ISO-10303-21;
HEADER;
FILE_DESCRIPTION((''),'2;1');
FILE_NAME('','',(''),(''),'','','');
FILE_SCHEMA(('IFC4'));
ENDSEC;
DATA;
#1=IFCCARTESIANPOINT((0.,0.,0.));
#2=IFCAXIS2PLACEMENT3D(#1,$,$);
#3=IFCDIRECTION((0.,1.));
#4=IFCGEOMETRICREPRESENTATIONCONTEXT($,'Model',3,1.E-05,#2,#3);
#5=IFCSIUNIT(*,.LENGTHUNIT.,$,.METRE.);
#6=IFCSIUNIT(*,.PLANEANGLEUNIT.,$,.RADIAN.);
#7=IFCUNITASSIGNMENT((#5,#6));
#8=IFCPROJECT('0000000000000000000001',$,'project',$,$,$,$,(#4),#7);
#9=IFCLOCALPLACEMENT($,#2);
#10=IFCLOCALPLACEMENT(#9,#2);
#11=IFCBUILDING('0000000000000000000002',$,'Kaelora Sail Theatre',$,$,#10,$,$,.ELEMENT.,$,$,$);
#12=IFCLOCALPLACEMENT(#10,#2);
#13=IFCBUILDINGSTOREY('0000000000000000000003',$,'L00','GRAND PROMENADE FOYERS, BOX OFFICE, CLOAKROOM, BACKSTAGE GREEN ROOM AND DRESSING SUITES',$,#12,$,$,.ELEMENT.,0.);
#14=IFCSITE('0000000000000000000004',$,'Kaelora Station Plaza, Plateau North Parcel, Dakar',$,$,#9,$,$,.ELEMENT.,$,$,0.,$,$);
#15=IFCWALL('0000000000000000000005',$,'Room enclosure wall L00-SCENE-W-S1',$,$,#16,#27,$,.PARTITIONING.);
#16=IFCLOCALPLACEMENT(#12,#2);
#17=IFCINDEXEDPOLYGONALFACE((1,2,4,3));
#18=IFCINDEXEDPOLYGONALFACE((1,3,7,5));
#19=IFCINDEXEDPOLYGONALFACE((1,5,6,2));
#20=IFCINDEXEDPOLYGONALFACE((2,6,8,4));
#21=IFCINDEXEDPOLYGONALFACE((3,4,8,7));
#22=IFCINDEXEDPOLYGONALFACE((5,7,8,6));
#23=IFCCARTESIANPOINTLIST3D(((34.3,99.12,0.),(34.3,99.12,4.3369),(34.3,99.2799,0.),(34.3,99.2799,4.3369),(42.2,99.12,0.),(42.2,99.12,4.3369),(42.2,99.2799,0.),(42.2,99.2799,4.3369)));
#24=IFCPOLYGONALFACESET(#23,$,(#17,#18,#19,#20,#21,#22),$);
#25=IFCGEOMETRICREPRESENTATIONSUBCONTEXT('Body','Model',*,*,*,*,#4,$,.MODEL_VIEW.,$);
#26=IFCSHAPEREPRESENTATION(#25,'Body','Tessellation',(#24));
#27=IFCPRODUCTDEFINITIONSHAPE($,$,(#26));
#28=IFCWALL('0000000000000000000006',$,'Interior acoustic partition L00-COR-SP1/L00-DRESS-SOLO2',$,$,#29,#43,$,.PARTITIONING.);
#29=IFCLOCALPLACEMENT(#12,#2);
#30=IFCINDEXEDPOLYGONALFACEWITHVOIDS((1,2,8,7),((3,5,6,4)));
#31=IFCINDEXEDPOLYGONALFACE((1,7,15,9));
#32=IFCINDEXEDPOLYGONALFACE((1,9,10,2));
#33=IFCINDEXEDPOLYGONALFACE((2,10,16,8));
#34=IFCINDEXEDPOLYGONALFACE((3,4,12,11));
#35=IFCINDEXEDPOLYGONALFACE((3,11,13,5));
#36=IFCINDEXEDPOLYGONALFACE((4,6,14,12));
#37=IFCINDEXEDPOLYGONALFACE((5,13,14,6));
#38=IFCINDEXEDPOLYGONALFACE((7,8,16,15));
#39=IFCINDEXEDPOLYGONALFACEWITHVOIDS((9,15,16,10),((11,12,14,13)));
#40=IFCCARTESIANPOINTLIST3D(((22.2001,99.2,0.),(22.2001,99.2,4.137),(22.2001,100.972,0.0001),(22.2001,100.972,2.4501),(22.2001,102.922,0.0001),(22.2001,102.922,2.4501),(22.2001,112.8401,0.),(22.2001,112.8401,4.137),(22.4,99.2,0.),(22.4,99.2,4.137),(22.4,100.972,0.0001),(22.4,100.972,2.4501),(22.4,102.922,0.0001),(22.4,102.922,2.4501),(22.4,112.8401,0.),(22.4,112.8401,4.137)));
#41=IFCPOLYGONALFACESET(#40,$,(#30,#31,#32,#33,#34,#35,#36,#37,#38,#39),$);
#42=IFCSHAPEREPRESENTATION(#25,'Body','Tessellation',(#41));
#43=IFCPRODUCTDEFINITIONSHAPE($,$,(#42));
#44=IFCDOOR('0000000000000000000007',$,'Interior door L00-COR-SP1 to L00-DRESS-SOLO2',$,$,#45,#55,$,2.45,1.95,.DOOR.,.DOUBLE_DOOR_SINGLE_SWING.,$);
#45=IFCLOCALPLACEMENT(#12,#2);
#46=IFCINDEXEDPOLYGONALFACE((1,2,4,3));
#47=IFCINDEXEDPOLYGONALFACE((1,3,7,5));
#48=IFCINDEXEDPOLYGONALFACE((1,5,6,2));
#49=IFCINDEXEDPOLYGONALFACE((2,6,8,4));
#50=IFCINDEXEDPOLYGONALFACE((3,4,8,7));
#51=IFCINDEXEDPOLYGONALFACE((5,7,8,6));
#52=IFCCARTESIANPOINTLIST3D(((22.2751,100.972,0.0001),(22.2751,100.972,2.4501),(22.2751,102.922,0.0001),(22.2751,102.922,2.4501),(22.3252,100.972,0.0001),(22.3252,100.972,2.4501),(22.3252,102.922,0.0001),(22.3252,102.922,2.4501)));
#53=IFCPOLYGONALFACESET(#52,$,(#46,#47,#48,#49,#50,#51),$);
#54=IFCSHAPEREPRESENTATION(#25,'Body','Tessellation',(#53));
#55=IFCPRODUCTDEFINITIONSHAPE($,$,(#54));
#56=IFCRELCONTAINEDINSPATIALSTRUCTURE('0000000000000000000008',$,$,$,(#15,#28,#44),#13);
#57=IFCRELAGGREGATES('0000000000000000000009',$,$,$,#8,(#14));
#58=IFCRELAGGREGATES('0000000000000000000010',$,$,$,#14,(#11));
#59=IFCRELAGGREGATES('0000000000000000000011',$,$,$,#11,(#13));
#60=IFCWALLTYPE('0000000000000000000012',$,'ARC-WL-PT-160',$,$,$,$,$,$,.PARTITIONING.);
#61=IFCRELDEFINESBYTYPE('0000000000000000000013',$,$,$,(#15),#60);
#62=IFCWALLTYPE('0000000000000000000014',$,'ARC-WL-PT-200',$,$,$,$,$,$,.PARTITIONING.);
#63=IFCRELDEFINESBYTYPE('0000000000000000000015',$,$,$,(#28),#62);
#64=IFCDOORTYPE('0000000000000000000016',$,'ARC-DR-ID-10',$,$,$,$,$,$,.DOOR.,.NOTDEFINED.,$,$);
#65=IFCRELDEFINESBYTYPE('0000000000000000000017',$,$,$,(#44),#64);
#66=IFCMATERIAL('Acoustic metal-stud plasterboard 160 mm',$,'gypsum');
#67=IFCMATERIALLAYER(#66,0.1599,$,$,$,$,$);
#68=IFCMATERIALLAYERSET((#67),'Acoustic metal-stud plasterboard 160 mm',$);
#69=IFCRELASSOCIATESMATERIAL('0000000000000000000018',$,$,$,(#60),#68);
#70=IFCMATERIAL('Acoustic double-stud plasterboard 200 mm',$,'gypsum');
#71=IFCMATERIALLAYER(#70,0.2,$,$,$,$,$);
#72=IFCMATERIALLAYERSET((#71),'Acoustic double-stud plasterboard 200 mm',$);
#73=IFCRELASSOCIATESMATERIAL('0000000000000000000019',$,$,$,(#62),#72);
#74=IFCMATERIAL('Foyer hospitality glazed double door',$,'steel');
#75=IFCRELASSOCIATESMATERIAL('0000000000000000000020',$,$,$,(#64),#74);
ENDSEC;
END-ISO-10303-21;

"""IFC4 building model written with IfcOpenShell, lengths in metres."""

from ifc_helpers import new_model, si_unit, direction, frame, frame_2d, origin, place, context, subcontext, project, spatial, rectangle, extrude, material, layer, layer_set, type_object, element, fill, save


model = new_model("IFC4")

# Units and contexts
model_context = context("Model", 3, precision=1e-05, world=origin(), true_north=direction((0.0, 1.0)))
body_context = subcontext(model_context, "Body", "Model", "MODEL_VIEW")
ifc_project = project(units=[si_unit("LENGTHUNIT", "METRE"), si_unit("PLANEANGLEUNIT", "RADIAN")], contexts=[model_context])

# Site, building, storey
site_placement = place(None, origin())
site = spatial("IfcSite", under=ifc_project, at=site_placement, Name="Kaelora Station Plaza, Plateau North Parcel, Dakar", CompositionType="ELEMENT", RefElevation=0.0)
building_placement = place(site_placement, origin())
building = spatial("IfcBuilding", under=site, at=building_placement, Name="Kaelora Sail Theatre", CompositionType="ELEMENT")
storey_placement = place(building_placement, origin())
storey = spatial("IfcBuildingStorey", under=building, at=storey_placement, Name="L00", Description="GRAND PROMENADE FOYERS, BOX OFFICE, CLOAKROOM, BACKSTAGE GREEN ROOM AND DRESSING SUITES", CompositionType="ELEMENT", Elevation=0.0)

# Wall
ifc_material_1 = material(Name="Acoustic metal-stud plasterboard 160 mm", Category="gypsum")
ifc_layer_1 = layer(ifc_material_1, 0.1599)
ifc_layer_set_1 = layer_set([ifc_layer_1], Name="Acoustic metal-stud plasterboard 160 mm")
wall_type_1 = type_object("IfcWallType", Name="ARC-WL-PT-160", PredefinedType="PARTITIONING", material=ifc_layer_set_1)
wall_1_placement = place(storey_placement, frame((34.3, 99.2, 0.0), z_axis=(0.0, 0.0, 1.0), x_axis=(1.0, 0.0, 0.0)))
element("IfcWall", 1, at=wall_1_placement, inside=storey, type_object=wall_type_1, Name="Room enclosure wall L00-SCENE-W-S1", PredefinedType="PARTITIONING", context=body_context, shape_type="SweptSolid", body=[
    extrude(rectangle(XDim=7.8999, YDim=0.1599, at=frame_2d((3.95, 0.0))), origin(), (0.0, 0.0, 1.0), 4.3369),
])

# Wall, opening, door
ifc_material_2 = material(Name="Acoustic double-stud plasterboard 200 mm", Category="gypsum")
ifc_layer_2 = layer(ifc_material_2, 0.2)
ifc_layer_set_2 = layer_set([ifc_layer_2], Name="Acoustic double-stud plasterboard 200 mm")
wall_type_2 = type_object("IfcWallType", Name="ARC-WL-PT-200", PredefinedType="PARTITIONING", material=ifc_layer_set_2)
wall_2_placement = place(storey_placement, frame((22.3, 99.2, 0.0), z_axis=(0.0, 0.0, 1.0), x_axis=(0.0, 1.0, 0.0)))
wall_2 = element("IfcWall", 2, at=wall_2_placement, inside=storey, type_object=wall_type_2, Name="Interior acoustic partition L00-COR-SP1/L00-DRESS-SOLO2", PredefinedType="PARTITIONING", context=body_context, shape_type="SweptSolid", body=[
    extrude(rectangle(XDim=13.6401, YDim=0.2, at=frame_2d((6.8201, 0.0))), origin(), (0.0, 0.0, 1.0), 4.137),
])
opening_1_placement = place(wall_2_placement, frame((1.772, 0.0, 0.0)))
opening_1 = element("IfcOpeningElement", 3, at=opening_1_placement, cuts=wall_2, PredefinedType="OPENING", context=body_context, shape_type="SweptSolid", body=[
    extrude(rectangle(XDim=1.95, YDim=2.45, at=frame_2d((0.9751, 1.2251))), frame((0.0, 0.1101, 0.0), z_axis=(0.0, -1.0, 0.0), x_axis=(1.0, 0.0, 0.0)), (0.0, 0.0, 1.0), 0.22),
])
ifc_material_3 = material(Name="Foyer hospitality glazed double door", Category="steel")
door_type_1 = type_object("IfcDoorType", Name="ARC-DR-ID-10", OperationType="NOTDEFINED", PredefinedType="DOOR", material=ifc_material_3)
door_1_placement = place(opening_1_placement, origin())
door_1 = element("IfcDoor", 4, at=door_1_placement, inside=storey, type_object=door_type_1, Name="Interior door L00-COR-SP1 to L00-DRESS-SOLO2", OperationType="DOUBLE_DOOR_SINGLE_SWING", OverallHeight=2.45, OverallWidth=1.95, PredefinedType="DOOR", context=body_context, shape_type="SweptSolid", body=[
    extrude(rectangle(XDim=1.95, YDim=2.45, at=frame_2d((0.9751, 1.2251))), frame((0.0, 0.0249, 0.0), z_axis=(0.0, -1.0, 0.0), x_axis=(1.0, 0.0, 0.0)), (0.0, 0.0, 1.0), 0.05),
])
fill(opening_1, door_1)

save(model, "model.ifc")
